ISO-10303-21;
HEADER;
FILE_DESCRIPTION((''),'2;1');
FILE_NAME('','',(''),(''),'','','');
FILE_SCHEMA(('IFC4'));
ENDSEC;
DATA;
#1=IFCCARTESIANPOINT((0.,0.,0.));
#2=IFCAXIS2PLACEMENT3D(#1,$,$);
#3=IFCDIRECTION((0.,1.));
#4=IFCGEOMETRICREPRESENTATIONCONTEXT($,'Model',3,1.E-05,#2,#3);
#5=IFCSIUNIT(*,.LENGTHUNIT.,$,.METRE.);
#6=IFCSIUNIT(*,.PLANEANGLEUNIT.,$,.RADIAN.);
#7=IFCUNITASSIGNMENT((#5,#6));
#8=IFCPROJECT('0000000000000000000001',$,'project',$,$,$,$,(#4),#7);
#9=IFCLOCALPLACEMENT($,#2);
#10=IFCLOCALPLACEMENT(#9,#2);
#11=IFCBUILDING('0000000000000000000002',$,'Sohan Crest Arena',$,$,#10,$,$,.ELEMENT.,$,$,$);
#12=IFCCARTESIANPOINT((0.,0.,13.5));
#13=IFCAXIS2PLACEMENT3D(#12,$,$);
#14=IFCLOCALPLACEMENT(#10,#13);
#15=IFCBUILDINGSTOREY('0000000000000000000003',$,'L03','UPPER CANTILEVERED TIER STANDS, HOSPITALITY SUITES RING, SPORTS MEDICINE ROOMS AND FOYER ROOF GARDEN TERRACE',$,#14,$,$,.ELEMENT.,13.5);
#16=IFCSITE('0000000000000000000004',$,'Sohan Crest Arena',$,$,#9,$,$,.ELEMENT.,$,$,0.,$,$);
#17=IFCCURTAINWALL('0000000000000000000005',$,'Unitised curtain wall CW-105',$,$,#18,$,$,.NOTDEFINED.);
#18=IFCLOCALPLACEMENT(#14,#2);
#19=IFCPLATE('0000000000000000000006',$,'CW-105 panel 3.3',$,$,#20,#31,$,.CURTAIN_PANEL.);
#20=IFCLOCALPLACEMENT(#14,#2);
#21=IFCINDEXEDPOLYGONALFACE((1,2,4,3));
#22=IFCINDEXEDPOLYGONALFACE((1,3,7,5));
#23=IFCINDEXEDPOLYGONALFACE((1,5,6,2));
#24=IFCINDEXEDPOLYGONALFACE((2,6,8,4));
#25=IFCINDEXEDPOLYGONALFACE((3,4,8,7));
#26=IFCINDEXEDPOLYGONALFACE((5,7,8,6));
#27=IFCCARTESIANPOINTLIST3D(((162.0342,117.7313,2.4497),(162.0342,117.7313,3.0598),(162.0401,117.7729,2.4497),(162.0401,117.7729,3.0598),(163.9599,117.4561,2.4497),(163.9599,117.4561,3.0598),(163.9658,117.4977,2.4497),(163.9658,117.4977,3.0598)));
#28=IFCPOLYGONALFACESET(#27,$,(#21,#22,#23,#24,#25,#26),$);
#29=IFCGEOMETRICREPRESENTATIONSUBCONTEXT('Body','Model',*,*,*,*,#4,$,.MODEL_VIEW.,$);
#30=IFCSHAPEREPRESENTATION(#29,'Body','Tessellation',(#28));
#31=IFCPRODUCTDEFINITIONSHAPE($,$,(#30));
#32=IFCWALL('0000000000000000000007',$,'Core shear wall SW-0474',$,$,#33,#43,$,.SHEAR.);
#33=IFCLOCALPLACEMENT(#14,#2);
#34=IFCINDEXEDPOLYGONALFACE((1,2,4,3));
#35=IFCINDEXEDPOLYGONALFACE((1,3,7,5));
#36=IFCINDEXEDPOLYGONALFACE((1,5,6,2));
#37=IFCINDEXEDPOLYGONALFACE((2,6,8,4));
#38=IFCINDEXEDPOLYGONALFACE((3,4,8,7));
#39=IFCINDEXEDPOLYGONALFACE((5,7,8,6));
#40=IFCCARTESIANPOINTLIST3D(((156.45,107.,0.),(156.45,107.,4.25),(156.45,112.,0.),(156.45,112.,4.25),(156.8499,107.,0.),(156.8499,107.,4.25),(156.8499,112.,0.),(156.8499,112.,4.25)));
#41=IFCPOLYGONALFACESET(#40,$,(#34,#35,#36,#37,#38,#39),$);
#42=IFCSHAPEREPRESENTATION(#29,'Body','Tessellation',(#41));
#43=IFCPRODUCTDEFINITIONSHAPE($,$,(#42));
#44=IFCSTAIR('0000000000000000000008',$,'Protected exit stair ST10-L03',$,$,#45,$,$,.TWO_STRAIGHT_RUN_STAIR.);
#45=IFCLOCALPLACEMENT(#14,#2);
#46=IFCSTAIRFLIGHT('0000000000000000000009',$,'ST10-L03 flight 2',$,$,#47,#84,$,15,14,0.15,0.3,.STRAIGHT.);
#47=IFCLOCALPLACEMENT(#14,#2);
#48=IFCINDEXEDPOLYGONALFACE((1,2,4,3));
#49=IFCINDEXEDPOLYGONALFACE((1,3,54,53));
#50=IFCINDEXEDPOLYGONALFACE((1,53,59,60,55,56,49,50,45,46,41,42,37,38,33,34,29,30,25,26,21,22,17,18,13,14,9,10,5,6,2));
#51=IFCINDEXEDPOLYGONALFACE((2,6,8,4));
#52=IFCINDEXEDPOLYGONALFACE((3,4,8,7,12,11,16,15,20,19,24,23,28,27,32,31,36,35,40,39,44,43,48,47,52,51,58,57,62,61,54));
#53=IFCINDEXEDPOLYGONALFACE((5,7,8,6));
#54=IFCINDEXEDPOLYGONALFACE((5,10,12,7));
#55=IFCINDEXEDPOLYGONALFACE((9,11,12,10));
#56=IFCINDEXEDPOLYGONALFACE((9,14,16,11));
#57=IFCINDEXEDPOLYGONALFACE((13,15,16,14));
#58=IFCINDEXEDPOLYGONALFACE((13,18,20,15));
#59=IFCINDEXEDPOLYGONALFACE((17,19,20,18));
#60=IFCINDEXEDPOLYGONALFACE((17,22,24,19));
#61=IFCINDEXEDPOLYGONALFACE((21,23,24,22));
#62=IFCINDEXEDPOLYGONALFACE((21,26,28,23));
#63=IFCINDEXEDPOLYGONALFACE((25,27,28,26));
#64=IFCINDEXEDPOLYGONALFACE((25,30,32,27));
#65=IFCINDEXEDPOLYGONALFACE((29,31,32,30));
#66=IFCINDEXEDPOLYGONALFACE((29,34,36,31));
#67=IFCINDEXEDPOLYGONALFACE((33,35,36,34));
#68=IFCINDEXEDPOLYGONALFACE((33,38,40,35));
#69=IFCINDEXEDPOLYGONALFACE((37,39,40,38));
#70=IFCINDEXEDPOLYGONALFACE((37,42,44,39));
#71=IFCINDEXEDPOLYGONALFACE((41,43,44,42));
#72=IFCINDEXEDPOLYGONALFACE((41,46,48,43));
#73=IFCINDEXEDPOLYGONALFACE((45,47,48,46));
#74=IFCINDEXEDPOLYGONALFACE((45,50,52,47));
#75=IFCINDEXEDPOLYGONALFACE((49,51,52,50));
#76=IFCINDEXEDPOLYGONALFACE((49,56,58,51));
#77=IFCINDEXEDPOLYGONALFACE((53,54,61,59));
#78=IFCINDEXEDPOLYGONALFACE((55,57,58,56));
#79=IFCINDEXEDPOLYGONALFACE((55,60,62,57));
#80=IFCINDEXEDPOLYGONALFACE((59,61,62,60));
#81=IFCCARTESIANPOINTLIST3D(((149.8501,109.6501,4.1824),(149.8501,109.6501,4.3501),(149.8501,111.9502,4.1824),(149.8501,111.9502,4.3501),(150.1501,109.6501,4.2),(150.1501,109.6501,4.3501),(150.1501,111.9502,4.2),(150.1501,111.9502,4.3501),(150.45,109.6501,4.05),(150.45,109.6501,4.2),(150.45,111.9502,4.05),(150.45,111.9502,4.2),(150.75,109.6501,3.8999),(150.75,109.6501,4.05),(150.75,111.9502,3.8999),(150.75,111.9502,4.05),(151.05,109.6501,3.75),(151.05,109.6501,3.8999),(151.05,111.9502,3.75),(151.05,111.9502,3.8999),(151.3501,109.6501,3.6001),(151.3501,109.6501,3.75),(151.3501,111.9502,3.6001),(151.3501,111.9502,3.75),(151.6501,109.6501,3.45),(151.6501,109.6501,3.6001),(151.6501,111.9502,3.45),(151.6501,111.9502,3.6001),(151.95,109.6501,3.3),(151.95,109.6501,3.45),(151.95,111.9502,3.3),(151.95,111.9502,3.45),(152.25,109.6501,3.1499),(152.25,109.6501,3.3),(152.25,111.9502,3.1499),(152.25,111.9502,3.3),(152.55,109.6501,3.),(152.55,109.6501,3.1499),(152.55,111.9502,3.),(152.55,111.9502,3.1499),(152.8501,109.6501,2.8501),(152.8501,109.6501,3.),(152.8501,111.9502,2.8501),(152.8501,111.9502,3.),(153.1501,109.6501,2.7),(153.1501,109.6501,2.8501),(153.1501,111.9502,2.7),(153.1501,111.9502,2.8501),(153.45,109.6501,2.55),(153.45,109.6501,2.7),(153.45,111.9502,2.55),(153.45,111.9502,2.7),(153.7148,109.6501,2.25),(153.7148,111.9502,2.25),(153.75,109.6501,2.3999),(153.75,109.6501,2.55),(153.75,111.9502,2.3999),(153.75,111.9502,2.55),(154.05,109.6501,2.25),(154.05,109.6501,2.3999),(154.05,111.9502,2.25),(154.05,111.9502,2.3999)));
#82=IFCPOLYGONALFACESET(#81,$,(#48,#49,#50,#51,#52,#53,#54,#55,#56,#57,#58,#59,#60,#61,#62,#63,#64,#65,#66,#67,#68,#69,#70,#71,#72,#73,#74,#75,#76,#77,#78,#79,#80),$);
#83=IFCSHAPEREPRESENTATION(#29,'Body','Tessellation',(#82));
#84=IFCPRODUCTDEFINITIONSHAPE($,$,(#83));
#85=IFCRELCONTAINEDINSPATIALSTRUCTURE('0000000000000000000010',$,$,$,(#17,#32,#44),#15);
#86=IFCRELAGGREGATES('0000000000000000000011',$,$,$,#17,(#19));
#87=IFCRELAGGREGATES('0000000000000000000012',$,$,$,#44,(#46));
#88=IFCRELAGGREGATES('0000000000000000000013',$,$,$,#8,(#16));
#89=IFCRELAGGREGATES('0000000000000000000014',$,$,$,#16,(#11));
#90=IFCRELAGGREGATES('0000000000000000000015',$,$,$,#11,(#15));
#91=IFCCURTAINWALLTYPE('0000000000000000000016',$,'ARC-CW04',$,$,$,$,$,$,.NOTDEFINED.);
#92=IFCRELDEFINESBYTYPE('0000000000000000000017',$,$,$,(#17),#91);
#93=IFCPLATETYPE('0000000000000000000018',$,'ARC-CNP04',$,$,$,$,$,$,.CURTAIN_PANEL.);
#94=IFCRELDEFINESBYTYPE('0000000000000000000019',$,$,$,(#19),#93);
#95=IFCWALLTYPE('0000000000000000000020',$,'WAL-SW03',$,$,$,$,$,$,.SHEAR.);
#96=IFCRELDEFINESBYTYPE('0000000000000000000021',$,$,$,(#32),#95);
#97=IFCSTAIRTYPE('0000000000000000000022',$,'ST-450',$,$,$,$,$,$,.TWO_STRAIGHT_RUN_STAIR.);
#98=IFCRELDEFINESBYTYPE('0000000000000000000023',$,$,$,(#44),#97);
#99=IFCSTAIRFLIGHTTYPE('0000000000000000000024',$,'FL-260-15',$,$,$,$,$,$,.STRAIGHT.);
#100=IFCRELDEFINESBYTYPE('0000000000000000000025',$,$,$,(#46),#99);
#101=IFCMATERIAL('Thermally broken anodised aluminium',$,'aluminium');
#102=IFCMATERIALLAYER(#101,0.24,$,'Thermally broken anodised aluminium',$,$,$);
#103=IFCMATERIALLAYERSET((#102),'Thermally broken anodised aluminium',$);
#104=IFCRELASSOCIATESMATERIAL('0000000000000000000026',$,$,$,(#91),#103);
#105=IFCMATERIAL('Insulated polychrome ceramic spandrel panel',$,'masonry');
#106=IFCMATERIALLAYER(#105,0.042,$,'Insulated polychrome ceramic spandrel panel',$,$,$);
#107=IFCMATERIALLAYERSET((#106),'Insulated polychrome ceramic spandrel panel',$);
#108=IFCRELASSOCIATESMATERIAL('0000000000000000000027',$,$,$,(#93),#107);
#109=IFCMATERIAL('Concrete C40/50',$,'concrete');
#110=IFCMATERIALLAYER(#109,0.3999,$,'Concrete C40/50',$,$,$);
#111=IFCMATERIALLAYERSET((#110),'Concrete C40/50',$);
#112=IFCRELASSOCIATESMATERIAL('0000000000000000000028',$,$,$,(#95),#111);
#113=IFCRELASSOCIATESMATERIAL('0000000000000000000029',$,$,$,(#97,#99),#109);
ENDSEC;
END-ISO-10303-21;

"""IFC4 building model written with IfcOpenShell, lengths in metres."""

from ifc_helpers import new_model, si_unit, direction, frame, frame_2d, origin, origin_2d, place, context, subcontext, project, spatial, polyline, rectangle, outline, extrude, material, layer, layer_set, type_object, element, aggregate, save


model = new_model("IFC4")

# Units and contexts
model_context = context("Model", 3, precision=1e-05, world=origin(), true_north=direction((0.0, 1.0)))
body_context = subcontext(model_context, "Body", "Model", "MODEL_VIEW")
ifc_project = project(units=[si_unit("LENGTHUNIT", "METRE"), si_unit("PLANEANGLEUNIT", "RADIAN")], contexts=[model_context])

# Site, building, storey
site_placement = place(None, origin())
site = spatial("IfcSite", under=ifc_project, at=site_placement, Name="Sohan Crest Arena", CompositionType="ELEMENT", RefElevation=0.0)
building_placement = place(site_placement, origin())
building = spatial("IfcBuilding", under=site, at=building_placement, Name="Sohan Crest Arena", CompositionType="ELEMENT")
storey_placement = place(building_placement, frame((0.0, 0.0, 13.5)))
storey = spatial("IfcBuildingStorey", under=building, at=storey_placement, Name="L03", Description="UPPER CANTILEVERED TIER STANDS, HOSPITALITY SUITES RING, SPORTS MEDICINE ROOMS AND FOYER ROOF GARDEN TERRACE", CompositionType="ELEMENT", Elevation=13.5)

# Curtain wall
ifc_material_1 = material(Name="Thermally broken anodised aluminium", Category="aluminium")
ifc_layer_1 = layer(ifc_material_1, 0.24, Name="Thermally broken anodised aluminium")
ifc_layer_set_1 = layer_set([ifc_layer_1], Name="Thermally broken anodised aluminium")
curtain_wall_type = type_object("IfcCurtainWallType", Name="ARC-CW04", PredefinedType="NOTDEFINED", material=ifc_layer_set_1)
curtain_wall_placement = place(storey_placement, origin())
curtain_wall = element("IfcCurtainWall", 1, at=curtain_wall_placement, inside=storey, type_object=curtain_wall_type, Name="Unitised curtain wall CW-105", PredefinedType="NOTDEFINED")

# Plate
ifc_material_2 = material(Name="Insulated polychrome ceramic spandrel panel", Category="masonry")
ifc_layer_2 = layer(ifc_material_2, 0.042, Name="Insulated polychrome ceramic spandrel panel")
ifc_layer_set_2 = layer_set([ifc_layer_2], Name="Insulated polychrome ceramic spandrel panel")
plate_type = type_object("IfcPlateType", Name="ARC-CNP04", PredefinedType="CURTAIN_PANEL", material=ifc_layer_set_2)
plate_1_placement = place(storey_placement, frame((163.0, 117.6145, 2.4497), z_axis=(0.0, 0.0, 1.0), x_axis=(-0.989944, 0.141463, 0.0)))
plate_1 = element("IfcPlate", 2, at=plate_1_placement, type_object=plate_type, Name="CW-105 panel 3.3", PredefinedType="CURTAIN_PANEL", context=body_context, shape_type="SweptSolid", body=[
    extrude(rectangle(XDim=1.9453, YDim=0.042, at=origin_2d()), origin(), (0.0, 0.0, 1.0), 0.6101),
])
aggregate(curtain_wall, [plate_1])

# Wall
ifc_material_3 = material(Name="Concrete C40/50", Category="concrete")
ifc_layer_3 = layer(ifc_material_3, 0.3999, Name="Concrete C40/50")
ifc_layer_set_3 = layer_set([ifc_layer_3], Name="Concrete C40/50")
wall_type = type_object("IfcWallType", Name="WAL-SW03", PredefinedType="SHEAR", material=ifc_layer_set_3)
wall_placement = place(storey_placement, frame((156.6499, 107.0, 0.0), z_axis=(0.0, 0.0, 1.0), x_axis=(0.0, 1.0, 0.0)))
element("IfcWall", 3, at=wall_placement, inside=storey, type_object=wall_type, Name="Core shear wall SW-0474", PredefinedType="SHEAR", context=body_context, shape_type="SweptSolid", body=[
    extrude(rectangle(XDim=5.0, YDim=0.3999, at=frame_2d((2.5, 0.0))), origin(), (0.0, 0.0, 1.0), 4.25),
])

# Stair, stair flight
stair_type = type_object("IfcStairType", Name="ST-450", PredefinedType="TWO_STRAIGHT_RUN_STAIR", material=ifc_material_3)
stair_placement = place(storey_placement, origin())
stair = element("IfcStair", 4, at=stair_placement, inside=storey, type_object=stair_type, Name="Protected exit stair ST10-L03", PredefinedType="TWO_STRAIGHT_RUN_STAIR")
stair_flight_type = type_object("IfcStairFlightType", Name="FL-260-15", PredefinedType="STRAIGHT", material=ifc_material_3)
stair_flight_placement = place(storey_placement, frame((154.05, 110.8, 2.25), z_axis=(0.0, 0.0, 1.0), x_axis=(-1.0, 0.0, 0.0)))
stair_flight = element("IfcStairFlight", 5, at=stair_flight_placement, type_object=stair_flight_type, Name="ST10-L03 flight 2", NumberOfRisers=15, NumberOfTreads=14, PredefinedType="STRAIGHT", RiserHeight=0.15, TreadLength=0.3, context=body_context, shape_type="SweptSolid", body=[
    extrude(outline(polyline([(0.0, 0.0), (0.0, 0.1499), (0.3, 0.1499), (0.3, 0.3), (0.6001, 0.3), (0.6001, 0.45), (0.8999, 0.45), (0.8999, 0.6001), (1.2, 0.6001), (1.2, 0.75), (1.5, 0.75), (1.5, 0.8999), (1.8, 0.8999), (1.8, 1.05), (2.1001, 1.05), (2.1001, 1.2), (2.3999, 1.2), (2.3999, 1.3501), (2.7, 1.3501), (2.7, 1.5), (3.0, 1.5), (3.0, 1.6499), (3.3, 1.6499), (3.3, 1.8), (3.6001, 1.8), (3.6001, 1.95), (3.8999, 1.95), (3.8999, 2.1001), (4.2, 2.1001), (4.2, 2.25), (4.2, 1.9324), (0.3352, 0.0), (0.0, 0.0)])), frame((0.0, 1.1499, 0.0), z_axis=(0.0, -1.0, 0.0), x_axis=(1.0, 0.0, 0.0)), (0.0, 0.0, 1.0), 2.3),
])
aggregate(stair, [stair_flight])

save(model, "model.ifc")
